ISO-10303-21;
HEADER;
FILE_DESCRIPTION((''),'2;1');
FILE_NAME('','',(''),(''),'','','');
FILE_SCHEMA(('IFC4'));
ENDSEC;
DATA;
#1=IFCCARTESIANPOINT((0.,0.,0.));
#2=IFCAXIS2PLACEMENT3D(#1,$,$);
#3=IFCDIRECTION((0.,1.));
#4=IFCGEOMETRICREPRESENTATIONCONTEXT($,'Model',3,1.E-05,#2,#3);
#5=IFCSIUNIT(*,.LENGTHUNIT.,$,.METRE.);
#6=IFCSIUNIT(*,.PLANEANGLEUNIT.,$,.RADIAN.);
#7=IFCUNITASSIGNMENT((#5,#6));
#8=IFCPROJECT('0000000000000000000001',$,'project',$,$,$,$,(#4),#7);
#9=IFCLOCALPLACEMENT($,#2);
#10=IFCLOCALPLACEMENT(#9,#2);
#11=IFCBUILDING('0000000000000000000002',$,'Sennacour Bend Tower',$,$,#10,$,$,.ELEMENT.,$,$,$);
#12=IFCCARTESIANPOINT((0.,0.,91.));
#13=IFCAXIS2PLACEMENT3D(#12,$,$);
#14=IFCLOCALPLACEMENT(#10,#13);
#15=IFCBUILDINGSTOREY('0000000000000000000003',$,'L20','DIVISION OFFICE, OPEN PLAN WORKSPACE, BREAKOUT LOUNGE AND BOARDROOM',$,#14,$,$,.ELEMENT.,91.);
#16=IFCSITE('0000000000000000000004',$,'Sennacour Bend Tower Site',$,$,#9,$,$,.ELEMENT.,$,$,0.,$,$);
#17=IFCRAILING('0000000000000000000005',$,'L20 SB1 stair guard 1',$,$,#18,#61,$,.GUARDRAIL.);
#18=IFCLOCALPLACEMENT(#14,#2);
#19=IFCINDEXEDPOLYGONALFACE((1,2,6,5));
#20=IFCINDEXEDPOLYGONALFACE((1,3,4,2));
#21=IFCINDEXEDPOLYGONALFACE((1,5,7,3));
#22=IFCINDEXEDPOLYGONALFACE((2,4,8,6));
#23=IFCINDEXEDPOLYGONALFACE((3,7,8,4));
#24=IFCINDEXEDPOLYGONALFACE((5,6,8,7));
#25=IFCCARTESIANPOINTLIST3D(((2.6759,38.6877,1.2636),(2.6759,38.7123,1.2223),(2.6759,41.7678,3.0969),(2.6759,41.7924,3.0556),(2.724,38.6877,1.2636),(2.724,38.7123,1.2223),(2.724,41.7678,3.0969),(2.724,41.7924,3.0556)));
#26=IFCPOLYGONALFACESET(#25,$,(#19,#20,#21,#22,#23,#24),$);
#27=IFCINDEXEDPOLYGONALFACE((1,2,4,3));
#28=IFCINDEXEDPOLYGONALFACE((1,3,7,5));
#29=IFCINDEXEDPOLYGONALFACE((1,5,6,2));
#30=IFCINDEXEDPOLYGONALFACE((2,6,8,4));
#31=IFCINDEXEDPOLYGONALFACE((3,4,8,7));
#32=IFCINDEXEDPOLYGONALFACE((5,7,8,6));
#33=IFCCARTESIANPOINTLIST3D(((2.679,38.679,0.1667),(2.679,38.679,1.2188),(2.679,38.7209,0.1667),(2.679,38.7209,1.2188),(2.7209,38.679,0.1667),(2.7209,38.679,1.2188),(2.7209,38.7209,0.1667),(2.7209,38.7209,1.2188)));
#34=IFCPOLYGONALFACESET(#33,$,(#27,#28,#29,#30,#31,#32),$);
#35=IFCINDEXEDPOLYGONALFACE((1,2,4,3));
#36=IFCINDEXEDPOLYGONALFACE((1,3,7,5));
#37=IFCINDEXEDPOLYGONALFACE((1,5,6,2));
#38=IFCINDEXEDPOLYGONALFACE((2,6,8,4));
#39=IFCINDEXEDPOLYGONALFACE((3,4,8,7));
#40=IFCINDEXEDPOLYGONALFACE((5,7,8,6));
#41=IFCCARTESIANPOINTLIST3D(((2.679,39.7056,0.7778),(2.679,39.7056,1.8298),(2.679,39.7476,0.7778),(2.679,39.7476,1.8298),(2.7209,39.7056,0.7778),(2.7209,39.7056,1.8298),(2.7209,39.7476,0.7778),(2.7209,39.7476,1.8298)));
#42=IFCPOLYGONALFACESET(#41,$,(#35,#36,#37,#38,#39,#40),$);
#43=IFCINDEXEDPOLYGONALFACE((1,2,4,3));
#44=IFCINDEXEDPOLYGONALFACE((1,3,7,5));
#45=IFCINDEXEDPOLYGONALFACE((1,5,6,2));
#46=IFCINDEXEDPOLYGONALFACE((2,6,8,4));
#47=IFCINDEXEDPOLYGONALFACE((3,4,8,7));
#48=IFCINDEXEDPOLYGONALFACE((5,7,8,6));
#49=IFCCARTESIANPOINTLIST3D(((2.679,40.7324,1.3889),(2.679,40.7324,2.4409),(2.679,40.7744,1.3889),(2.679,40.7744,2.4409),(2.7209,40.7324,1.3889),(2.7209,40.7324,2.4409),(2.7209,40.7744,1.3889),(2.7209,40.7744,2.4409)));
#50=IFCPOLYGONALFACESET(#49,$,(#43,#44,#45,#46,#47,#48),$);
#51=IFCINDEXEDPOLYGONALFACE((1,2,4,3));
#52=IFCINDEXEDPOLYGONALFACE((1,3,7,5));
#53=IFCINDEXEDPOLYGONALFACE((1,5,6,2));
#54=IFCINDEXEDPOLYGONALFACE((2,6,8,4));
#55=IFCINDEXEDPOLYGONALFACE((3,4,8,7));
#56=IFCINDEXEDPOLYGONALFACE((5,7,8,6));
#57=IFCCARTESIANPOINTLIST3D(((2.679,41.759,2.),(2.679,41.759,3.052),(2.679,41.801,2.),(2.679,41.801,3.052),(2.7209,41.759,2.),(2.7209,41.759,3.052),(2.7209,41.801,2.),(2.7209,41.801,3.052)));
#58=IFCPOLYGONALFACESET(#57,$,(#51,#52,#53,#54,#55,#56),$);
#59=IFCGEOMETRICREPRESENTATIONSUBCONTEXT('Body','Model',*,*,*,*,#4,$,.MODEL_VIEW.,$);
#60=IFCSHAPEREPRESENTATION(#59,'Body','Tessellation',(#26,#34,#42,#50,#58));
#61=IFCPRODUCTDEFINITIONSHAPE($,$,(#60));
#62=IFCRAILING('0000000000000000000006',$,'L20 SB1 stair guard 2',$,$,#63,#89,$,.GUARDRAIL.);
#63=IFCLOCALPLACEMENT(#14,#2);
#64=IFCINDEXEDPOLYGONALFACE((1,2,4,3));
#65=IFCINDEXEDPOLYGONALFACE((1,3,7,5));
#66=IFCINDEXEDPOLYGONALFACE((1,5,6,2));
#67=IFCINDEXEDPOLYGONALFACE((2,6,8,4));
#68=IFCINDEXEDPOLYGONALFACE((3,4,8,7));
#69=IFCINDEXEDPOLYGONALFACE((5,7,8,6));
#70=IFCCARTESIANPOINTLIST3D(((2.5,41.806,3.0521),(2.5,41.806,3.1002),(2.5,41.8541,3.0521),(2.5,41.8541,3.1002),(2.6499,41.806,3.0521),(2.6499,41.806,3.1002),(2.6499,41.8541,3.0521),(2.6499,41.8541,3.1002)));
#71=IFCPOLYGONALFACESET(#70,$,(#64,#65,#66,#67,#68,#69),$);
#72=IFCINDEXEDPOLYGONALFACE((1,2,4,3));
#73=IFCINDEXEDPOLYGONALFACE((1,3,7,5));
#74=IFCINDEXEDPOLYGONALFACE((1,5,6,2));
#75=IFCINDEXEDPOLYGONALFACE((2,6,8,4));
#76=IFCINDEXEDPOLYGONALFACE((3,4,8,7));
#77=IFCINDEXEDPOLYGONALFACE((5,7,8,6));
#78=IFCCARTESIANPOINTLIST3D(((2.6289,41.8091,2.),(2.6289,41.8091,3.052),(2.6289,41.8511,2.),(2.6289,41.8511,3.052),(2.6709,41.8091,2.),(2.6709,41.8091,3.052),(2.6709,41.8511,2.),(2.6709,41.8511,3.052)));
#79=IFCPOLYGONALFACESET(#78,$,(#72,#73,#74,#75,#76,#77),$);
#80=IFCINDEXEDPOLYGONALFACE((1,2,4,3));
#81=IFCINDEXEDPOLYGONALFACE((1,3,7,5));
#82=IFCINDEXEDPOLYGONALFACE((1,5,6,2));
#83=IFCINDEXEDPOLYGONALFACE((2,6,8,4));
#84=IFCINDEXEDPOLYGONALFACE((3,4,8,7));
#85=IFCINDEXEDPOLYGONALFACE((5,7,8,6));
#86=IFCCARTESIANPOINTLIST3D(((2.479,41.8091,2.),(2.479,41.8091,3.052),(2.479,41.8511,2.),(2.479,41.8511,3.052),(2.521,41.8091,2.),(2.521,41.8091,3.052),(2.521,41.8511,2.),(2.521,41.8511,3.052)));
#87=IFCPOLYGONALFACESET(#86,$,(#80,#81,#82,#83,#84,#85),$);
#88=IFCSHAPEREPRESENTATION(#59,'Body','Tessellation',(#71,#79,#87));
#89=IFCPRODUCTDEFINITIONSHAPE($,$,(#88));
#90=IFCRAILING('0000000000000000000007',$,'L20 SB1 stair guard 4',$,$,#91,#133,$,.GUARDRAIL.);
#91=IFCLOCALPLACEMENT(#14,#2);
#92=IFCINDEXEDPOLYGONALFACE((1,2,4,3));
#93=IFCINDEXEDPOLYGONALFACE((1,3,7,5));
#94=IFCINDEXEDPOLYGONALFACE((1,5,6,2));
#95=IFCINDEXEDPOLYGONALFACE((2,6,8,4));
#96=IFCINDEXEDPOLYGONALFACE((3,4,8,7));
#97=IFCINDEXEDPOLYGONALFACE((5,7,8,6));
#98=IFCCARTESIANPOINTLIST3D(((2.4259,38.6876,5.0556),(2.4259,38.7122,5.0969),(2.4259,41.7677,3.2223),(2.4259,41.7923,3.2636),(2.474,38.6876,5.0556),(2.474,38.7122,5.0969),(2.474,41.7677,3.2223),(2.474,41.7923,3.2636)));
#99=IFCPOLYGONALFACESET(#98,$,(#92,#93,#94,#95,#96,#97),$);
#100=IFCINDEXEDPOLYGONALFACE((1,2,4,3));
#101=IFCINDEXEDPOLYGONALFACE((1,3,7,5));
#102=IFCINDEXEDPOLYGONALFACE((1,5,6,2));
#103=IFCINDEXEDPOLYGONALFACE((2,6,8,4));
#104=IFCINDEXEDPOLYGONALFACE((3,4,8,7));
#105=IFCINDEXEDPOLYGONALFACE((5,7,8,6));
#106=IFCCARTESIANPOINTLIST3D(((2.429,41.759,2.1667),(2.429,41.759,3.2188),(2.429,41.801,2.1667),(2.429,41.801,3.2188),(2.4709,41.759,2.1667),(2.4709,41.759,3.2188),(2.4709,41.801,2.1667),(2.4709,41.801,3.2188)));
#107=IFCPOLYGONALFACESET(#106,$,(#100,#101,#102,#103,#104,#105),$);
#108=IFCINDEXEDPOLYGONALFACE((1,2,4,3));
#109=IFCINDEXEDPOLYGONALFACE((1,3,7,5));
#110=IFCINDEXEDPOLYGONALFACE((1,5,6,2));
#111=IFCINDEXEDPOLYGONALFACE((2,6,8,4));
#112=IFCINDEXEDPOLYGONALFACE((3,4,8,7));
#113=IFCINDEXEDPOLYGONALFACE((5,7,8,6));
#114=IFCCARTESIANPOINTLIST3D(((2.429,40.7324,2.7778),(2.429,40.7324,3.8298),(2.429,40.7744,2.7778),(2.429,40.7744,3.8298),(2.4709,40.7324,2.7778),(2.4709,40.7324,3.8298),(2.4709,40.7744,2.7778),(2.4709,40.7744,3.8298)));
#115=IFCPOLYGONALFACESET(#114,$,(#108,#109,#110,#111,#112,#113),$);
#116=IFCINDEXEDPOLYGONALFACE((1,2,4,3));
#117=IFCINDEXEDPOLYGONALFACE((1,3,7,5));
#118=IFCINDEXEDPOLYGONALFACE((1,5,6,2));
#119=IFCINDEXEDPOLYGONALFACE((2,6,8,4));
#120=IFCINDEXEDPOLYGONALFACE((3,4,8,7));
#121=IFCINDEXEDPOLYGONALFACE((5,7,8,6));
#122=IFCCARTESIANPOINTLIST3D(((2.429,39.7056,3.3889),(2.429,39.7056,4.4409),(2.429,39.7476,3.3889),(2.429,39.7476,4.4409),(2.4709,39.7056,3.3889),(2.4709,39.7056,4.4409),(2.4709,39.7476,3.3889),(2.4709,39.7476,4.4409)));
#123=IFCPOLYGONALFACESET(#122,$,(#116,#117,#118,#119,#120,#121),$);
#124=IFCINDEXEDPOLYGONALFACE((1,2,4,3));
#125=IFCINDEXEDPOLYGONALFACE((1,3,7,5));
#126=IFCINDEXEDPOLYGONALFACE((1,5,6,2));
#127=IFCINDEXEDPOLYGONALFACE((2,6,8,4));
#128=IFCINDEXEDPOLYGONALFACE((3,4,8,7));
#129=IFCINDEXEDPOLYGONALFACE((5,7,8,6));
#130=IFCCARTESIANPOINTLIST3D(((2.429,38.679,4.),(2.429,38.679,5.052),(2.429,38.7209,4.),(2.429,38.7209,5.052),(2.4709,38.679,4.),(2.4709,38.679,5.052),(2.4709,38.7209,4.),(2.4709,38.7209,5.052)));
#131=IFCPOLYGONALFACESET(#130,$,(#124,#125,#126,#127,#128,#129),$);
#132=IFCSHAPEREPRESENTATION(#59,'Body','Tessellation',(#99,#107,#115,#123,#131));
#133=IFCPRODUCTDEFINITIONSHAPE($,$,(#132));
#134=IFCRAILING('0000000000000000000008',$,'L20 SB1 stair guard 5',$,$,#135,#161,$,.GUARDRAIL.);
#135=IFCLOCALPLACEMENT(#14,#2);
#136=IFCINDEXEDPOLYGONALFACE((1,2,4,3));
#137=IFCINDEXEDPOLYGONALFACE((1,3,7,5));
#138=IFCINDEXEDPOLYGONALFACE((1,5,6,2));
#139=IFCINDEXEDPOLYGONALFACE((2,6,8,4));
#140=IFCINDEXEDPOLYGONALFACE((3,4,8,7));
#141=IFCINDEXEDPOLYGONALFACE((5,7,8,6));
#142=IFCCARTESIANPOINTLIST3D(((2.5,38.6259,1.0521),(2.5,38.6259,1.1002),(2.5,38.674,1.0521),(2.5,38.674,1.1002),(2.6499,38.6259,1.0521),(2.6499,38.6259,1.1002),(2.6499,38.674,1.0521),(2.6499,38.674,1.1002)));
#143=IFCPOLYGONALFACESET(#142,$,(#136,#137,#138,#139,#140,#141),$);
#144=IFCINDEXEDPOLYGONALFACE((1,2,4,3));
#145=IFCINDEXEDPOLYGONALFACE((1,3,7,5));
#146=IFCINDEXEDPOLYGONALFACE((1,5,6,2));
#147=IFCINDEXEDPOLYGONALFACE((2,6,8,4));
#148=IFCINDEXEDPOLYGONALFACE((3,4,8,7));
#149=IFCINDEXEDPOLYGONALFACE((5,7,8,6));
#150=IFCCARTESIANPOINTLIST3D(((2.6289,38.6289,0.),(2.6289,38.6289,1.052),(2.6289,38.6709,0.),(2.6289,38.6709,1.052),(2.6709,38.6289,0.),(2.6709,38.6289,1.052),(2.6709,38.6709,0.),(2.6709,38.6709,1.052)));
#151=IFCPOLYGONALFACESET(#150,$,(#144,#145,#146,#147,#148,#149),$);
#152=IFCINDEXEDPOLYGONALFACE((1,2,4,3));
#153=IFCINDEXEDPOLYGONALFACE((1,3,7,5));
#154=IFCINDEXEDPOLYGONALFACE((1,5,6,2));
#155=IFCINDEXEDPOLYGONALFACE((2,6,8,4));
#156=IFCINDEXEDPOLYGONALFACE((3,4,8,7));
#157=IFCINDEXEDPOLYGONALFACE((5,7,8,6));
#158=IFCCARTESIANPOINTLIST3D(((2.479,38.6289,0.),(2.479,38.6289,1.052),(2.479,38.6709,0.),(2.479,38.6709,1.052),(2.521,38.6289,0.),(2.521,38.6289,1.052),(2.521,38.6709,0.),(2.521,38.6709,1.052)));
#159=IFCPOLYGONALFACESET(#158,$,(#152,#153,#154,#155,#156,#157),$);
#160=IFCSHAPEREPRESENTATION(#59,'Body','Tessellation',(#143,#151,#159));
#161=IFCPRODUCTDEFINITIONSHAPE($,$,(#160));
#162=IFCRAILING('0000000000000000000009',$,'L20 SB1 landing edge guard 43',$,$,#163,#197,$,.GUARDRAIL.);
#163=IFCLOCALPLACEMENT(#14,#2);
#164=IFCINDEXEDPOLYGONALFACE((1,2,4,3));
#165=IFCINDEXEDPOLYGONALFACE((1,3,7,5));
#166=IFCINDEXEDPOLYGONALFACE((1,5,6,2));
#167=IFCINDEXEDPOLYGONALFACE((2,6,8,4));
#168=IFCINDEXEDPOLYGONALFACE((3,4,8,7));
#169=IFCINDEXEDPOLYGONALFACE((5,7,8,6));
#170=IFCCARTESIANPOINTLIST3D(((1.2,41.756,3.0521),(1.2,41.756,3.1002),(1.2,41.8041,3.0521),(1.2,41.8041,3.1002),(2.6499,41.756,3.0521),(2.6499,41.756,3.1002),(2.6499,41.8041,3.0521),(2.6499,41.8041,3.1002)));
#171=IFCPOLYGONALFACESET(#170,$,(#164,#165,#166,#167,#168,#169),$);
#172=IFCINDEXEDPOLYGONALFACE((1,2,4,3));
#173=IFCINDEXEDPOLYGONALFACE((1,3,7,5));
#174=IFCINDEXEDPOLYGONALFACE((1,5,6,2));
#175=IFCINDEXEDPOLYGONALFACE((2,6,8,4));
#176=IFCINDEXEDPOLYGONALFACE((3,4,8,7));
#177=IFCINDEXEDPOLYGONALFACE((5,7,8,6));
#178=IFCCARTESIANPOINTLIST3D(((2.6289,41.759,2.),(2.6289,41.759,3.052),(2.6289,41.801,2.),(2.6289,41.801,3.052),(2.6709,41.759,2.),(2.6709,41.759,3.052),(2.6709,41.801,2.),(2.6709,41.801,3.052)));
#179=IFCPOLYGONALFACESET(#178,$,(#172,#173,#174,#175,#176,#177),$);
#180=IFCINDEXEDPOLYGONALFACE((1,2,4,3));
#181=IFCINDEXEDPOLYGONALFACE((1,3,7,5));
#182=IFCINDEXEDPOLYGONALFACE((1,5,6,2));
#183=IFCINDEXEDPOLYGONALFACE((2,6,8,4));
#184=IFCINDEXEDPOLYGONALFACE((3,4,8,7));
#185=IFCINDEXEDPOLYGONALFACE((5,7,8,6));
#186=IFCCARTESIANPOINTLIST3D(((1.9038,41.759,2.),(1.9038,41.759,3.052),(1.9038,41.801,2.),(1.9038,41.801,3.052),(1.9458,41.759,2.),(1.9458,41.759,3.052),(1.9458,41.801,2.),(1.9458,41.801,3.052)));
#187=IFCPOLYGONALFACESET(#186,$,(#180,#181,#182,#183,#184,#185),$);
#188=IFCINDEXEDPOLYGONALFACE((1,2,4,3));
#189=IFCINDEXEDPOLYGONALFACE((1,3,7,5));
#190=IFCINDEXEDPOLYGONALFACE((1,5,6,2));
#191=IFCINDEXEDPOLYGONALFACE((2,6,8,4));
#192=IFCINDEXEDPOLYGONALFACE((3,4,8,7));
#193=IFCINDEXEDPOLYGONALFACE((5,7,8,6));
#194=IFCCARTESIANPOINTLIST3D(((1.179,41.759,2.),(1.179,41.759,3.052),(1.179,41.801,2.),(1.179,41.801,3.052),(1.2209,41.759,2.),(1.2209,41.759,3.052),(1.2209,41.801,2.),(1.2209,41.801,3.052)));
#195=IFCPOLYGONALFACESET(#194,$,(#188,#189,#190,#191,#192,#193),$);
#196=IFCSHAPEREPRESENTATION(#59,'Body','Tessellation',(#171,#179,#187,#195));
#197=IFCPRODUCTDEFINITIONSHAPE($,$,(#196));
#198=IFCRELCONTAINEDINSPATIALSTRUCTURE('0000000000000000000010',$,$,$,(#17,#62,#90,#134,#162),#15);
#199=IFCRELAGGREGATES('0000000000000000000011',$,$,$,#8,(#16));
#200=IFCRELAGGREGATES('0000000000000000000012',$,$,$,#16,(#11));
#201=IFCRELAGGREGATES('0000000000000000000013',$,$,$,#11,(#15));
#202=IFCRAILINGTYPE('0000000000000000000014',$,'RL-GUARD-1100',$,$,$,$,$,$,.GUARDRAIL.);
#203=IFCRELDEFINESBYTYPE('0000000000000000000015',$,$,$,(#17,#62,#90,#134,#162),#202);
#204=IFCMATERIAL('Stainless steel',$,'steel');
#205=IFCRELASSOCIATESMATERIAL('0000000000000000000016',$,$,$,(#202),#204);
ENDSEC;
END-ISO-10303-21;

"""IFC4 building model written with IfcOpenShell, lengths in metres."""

from ifc_helpers import new_model, si_unit, direction, frame, origin, origin_2d, place, context, subcontext, project, spatial, rectangle, extrude, material, type_object, element, save


model = new_model("IFC4")

# Units and contexts
model_context = context("Model", 3, precision=1e-05, world=origin(), true_north=direction((0.0, 1.0)))
body_context = subcontext(model_context, "Body", "Model", "MODEL_VIEW")
ifc_project = project(units=[si_unit("LENGTHUNIT", "METRE"), si_unit("PLANEANGLEUNIT", "RADIAN")], contexts=[model_context])

# Site, building, storey
site_placement = place(None, origin())
site = spatial("IfcSite", under=ifc_project, at=site_placement, Name="Sennacour Bend Tower Site", CompositionType="ELEMENT", RefElevation=0.0)
building_placement = place(site_placement, origin())
building = spatial("IfcBuilding", under=site, at=building_placement, Name="Sennacour Bend Tower", CompositionType="ELEMENT")
storey_placement = place(building_placement, frame((0.0, 0.0, 91.0)))
storey = spatial("IfcBuildingStorey", under=building, at=storey_placement, Name="L20", Description="DIVISION OFFICE, OPEN PLAN WORKSPACE, BREAKOUT LOUNGE AND BOARDROOM", CompositionType="ELEMENT", Elevation=91.0)

# Railings
ifc_material_1 = material(Name="Stainless steel", Category="steel")
railing_type_1 = type_object("IfcRailingType", Name="RL-GUARD-1100", PredefinedType="GUARDRAIL", material=ifc_material_1)
railing_1_placement = place(storey_placement, frame((2.7, 38.7, 0.1667)))
element("IfcRailing", 1, at=railing_1_placement, inside=storey, type_object=railing_type_1, Name="L20 SB1 stair guard 1", PredefinedType="GUARDRAIL", context=body_context, shape_type="SweptSolid", body=[
    extrude(rectangle(XDim=0.0481, YDim=0.0481, at=origin_2d()), frame((0.0, 0.0, 1.0762), z_axis=(0.0, 0.859309, 0.511458), x_axis=(-1.0, 0.0, 0.0)), (0.0, 0.0, 1.0), 3.5845),
    extrude(rectangle(XDim=0.042, YDim=0.042, at=origin_2d()), origin(), (0.0, 0.0, 1.0), 1.052),
    extrude(rectangle(XDim=0.042, YDim=0.042, at=origin_2d()), frame((0.0, 1.0266, 0.6111)), (0.0, 0.0, 1.0), 1.052),
    extrude(rectangle(XDim=0.042, YDim=0.042, at=origin_2d()), frame((0.0, 2.0535, 1.2222)), (0.0, 0.0, 1.0), 1.052),
    extrude(rectangle(XDim=0.042, YDim=0.042, at=origin_2d()), frame((0.0, 3.0801, 1.8333)), (0.0, 0.0, 1.0), 1.052),
])
railing_2_placement = place(storey_placement, frame((2.6499, 41.8301, 2.0)))
element("IfcRailing", 2, at=railing_2_placement, inside=storey, type_object=railing_type_1, Name="L20 SB1 stair guard 2", PredefinedType="GUARDRAIL", context=body_context, shape_type="SweptSolid", body=[
    extrude(rectangle(XDim=0.0481, YDim=0.0481, at=origin_2d()), frame((0.0, 0.0, 1.0762), z_axis=(-1.0, 0.0, 0.0), x_axis=(0.0, -1.0, 0.0)), (0.0, 0.0, 1.0), 0.1499),
    extrude(rectangle(XDim=0.042, YDim=0.042, at=origin_2d()), origin(), (0.0, 0.0, 1.0), 1.052),
    extrude(rectangle(XDim=0.042, YDim=0.042, at=origin_2d()), frame((-0.1499, 0.0, 0.0)), (0.0, 0.0, 1.0), 1.052),
])
railing_3_placement = place(storey_placement, frame((2.45, 41.78, 2.1667)))
element("IfcRailing", 3, at=railing_3_placement, inside=storey, type_object=railing_type_1, Name="L20 SB1 stair guard 4", PredefinedType="GUARDRAIL", context=body_context, shape_type="SweptSolid", body=[
    extrude(rectangle(XDim=0.0481, YDim=0.0481, at=origin_2d()), frame((0.0, 0.0, 1.0762), z_axis=(0.0, -0.859309, 0.511458), x_axis=(1.0, 0.0, 0.0)), (0.0, 0.0, 1.0), 3.5845),
    extrude(rectangle(XDim=0.042, YDim=0.042, at=origin_2d()), origin(), (0.0, 0.0, 1.0), 1.052),
    extrude(rectangle(XDim=0.042, YDim=0.042, at=origin_2d()), frame((0.0, -1.0266, 0.6111)), (0.0, 0.0, 1.0), 1.052),
    extrude(rectangle(XDim=0.042, YDim=0.042, at=origin_2d()), frame((0.0, -2.0535, 1.2222)), (0.0, 0.0, 1.0), 1.052),
    extrude(rectangle(XDim=0.042, YDim=0.042, at=origin_2d()), frame((0.0, -3.0801, 1.8333)), (0.0, 0.0, 1.0), 1.052),
])
railing_4_placement = place(storey_placement, frame((2.6499, 38.6499, 0.0)))
element("IfcRailing", 4, at=railing_4_placement, inside=storey, type_object=railing_type_1, Name="L20 SB1 stair guard 5", PredefinedType="GUARDRAIL", context=body_context, shape_type="SweptSolid", body=[
    extrude(rectangle(XDim=0.0481, YDim=0.0481, at=origin_2d()), frame((0.0, 0.0, 1.0762), z_axis=(-1.0, 0.0, 0.0), x_axis=(0.0, -1.0, 0.0)), (0.0, 0.0, 1.0), 0.1499),
    extrude(rectangle(XDim=0.042, YDim=0.042, at=origin_2d()), origin(), (0.0, 0.0, 1.0), 1.052),
    extrude(rectangle(XDim=0.042, YDim=0.042, at=origin_2d()), frame((-0.1499, 0.0, 0.0)), (0.0, 0.0, 1.0), 1.052),
])
railing_5_placement = place(storey_placement, frame((2.6499, 41.78, 2.0)))
element("IfcRailing", 5, at=railing_5_placement, inside=storey, type_object=railing_type_1, Name="L20 SB1 landing edge guard 43", PredefinedType="GUARDRAIL", context=body_context, shape_type="SweptSolid", body=[
    extrude(rectangle(XDim=0.0481, YDim=0.0481, at=origin_2d()), frame((0.0, 0.0, 1.0762), z_axis=(-1.0, 0.0, 0.0), x_axis=(0.0, -1.0, 0.0)), (0.0, 0.0, 1.0), 1.45),
    extrude(rectangle(XDim=0.042, YDim=0.042, at=origin_2d()), origin(), (0.0, 0.0, 1.0), 1.052),
    extrude(rectangle(XDim=0.042, YDim=0.042, at=origin_2d()), frame((-0.7251, 0.0, 0.0)), (0.0, 0.0, 1.0), 1.052),
    extrude(rectangle(XDim=0.042, YDim=0.042, at=origin_2d()), frame((-1.45, 0.0, 0.0)), (0.0, 0.0, 1.0), 1.052),
])

save(model, "model.ifc")
